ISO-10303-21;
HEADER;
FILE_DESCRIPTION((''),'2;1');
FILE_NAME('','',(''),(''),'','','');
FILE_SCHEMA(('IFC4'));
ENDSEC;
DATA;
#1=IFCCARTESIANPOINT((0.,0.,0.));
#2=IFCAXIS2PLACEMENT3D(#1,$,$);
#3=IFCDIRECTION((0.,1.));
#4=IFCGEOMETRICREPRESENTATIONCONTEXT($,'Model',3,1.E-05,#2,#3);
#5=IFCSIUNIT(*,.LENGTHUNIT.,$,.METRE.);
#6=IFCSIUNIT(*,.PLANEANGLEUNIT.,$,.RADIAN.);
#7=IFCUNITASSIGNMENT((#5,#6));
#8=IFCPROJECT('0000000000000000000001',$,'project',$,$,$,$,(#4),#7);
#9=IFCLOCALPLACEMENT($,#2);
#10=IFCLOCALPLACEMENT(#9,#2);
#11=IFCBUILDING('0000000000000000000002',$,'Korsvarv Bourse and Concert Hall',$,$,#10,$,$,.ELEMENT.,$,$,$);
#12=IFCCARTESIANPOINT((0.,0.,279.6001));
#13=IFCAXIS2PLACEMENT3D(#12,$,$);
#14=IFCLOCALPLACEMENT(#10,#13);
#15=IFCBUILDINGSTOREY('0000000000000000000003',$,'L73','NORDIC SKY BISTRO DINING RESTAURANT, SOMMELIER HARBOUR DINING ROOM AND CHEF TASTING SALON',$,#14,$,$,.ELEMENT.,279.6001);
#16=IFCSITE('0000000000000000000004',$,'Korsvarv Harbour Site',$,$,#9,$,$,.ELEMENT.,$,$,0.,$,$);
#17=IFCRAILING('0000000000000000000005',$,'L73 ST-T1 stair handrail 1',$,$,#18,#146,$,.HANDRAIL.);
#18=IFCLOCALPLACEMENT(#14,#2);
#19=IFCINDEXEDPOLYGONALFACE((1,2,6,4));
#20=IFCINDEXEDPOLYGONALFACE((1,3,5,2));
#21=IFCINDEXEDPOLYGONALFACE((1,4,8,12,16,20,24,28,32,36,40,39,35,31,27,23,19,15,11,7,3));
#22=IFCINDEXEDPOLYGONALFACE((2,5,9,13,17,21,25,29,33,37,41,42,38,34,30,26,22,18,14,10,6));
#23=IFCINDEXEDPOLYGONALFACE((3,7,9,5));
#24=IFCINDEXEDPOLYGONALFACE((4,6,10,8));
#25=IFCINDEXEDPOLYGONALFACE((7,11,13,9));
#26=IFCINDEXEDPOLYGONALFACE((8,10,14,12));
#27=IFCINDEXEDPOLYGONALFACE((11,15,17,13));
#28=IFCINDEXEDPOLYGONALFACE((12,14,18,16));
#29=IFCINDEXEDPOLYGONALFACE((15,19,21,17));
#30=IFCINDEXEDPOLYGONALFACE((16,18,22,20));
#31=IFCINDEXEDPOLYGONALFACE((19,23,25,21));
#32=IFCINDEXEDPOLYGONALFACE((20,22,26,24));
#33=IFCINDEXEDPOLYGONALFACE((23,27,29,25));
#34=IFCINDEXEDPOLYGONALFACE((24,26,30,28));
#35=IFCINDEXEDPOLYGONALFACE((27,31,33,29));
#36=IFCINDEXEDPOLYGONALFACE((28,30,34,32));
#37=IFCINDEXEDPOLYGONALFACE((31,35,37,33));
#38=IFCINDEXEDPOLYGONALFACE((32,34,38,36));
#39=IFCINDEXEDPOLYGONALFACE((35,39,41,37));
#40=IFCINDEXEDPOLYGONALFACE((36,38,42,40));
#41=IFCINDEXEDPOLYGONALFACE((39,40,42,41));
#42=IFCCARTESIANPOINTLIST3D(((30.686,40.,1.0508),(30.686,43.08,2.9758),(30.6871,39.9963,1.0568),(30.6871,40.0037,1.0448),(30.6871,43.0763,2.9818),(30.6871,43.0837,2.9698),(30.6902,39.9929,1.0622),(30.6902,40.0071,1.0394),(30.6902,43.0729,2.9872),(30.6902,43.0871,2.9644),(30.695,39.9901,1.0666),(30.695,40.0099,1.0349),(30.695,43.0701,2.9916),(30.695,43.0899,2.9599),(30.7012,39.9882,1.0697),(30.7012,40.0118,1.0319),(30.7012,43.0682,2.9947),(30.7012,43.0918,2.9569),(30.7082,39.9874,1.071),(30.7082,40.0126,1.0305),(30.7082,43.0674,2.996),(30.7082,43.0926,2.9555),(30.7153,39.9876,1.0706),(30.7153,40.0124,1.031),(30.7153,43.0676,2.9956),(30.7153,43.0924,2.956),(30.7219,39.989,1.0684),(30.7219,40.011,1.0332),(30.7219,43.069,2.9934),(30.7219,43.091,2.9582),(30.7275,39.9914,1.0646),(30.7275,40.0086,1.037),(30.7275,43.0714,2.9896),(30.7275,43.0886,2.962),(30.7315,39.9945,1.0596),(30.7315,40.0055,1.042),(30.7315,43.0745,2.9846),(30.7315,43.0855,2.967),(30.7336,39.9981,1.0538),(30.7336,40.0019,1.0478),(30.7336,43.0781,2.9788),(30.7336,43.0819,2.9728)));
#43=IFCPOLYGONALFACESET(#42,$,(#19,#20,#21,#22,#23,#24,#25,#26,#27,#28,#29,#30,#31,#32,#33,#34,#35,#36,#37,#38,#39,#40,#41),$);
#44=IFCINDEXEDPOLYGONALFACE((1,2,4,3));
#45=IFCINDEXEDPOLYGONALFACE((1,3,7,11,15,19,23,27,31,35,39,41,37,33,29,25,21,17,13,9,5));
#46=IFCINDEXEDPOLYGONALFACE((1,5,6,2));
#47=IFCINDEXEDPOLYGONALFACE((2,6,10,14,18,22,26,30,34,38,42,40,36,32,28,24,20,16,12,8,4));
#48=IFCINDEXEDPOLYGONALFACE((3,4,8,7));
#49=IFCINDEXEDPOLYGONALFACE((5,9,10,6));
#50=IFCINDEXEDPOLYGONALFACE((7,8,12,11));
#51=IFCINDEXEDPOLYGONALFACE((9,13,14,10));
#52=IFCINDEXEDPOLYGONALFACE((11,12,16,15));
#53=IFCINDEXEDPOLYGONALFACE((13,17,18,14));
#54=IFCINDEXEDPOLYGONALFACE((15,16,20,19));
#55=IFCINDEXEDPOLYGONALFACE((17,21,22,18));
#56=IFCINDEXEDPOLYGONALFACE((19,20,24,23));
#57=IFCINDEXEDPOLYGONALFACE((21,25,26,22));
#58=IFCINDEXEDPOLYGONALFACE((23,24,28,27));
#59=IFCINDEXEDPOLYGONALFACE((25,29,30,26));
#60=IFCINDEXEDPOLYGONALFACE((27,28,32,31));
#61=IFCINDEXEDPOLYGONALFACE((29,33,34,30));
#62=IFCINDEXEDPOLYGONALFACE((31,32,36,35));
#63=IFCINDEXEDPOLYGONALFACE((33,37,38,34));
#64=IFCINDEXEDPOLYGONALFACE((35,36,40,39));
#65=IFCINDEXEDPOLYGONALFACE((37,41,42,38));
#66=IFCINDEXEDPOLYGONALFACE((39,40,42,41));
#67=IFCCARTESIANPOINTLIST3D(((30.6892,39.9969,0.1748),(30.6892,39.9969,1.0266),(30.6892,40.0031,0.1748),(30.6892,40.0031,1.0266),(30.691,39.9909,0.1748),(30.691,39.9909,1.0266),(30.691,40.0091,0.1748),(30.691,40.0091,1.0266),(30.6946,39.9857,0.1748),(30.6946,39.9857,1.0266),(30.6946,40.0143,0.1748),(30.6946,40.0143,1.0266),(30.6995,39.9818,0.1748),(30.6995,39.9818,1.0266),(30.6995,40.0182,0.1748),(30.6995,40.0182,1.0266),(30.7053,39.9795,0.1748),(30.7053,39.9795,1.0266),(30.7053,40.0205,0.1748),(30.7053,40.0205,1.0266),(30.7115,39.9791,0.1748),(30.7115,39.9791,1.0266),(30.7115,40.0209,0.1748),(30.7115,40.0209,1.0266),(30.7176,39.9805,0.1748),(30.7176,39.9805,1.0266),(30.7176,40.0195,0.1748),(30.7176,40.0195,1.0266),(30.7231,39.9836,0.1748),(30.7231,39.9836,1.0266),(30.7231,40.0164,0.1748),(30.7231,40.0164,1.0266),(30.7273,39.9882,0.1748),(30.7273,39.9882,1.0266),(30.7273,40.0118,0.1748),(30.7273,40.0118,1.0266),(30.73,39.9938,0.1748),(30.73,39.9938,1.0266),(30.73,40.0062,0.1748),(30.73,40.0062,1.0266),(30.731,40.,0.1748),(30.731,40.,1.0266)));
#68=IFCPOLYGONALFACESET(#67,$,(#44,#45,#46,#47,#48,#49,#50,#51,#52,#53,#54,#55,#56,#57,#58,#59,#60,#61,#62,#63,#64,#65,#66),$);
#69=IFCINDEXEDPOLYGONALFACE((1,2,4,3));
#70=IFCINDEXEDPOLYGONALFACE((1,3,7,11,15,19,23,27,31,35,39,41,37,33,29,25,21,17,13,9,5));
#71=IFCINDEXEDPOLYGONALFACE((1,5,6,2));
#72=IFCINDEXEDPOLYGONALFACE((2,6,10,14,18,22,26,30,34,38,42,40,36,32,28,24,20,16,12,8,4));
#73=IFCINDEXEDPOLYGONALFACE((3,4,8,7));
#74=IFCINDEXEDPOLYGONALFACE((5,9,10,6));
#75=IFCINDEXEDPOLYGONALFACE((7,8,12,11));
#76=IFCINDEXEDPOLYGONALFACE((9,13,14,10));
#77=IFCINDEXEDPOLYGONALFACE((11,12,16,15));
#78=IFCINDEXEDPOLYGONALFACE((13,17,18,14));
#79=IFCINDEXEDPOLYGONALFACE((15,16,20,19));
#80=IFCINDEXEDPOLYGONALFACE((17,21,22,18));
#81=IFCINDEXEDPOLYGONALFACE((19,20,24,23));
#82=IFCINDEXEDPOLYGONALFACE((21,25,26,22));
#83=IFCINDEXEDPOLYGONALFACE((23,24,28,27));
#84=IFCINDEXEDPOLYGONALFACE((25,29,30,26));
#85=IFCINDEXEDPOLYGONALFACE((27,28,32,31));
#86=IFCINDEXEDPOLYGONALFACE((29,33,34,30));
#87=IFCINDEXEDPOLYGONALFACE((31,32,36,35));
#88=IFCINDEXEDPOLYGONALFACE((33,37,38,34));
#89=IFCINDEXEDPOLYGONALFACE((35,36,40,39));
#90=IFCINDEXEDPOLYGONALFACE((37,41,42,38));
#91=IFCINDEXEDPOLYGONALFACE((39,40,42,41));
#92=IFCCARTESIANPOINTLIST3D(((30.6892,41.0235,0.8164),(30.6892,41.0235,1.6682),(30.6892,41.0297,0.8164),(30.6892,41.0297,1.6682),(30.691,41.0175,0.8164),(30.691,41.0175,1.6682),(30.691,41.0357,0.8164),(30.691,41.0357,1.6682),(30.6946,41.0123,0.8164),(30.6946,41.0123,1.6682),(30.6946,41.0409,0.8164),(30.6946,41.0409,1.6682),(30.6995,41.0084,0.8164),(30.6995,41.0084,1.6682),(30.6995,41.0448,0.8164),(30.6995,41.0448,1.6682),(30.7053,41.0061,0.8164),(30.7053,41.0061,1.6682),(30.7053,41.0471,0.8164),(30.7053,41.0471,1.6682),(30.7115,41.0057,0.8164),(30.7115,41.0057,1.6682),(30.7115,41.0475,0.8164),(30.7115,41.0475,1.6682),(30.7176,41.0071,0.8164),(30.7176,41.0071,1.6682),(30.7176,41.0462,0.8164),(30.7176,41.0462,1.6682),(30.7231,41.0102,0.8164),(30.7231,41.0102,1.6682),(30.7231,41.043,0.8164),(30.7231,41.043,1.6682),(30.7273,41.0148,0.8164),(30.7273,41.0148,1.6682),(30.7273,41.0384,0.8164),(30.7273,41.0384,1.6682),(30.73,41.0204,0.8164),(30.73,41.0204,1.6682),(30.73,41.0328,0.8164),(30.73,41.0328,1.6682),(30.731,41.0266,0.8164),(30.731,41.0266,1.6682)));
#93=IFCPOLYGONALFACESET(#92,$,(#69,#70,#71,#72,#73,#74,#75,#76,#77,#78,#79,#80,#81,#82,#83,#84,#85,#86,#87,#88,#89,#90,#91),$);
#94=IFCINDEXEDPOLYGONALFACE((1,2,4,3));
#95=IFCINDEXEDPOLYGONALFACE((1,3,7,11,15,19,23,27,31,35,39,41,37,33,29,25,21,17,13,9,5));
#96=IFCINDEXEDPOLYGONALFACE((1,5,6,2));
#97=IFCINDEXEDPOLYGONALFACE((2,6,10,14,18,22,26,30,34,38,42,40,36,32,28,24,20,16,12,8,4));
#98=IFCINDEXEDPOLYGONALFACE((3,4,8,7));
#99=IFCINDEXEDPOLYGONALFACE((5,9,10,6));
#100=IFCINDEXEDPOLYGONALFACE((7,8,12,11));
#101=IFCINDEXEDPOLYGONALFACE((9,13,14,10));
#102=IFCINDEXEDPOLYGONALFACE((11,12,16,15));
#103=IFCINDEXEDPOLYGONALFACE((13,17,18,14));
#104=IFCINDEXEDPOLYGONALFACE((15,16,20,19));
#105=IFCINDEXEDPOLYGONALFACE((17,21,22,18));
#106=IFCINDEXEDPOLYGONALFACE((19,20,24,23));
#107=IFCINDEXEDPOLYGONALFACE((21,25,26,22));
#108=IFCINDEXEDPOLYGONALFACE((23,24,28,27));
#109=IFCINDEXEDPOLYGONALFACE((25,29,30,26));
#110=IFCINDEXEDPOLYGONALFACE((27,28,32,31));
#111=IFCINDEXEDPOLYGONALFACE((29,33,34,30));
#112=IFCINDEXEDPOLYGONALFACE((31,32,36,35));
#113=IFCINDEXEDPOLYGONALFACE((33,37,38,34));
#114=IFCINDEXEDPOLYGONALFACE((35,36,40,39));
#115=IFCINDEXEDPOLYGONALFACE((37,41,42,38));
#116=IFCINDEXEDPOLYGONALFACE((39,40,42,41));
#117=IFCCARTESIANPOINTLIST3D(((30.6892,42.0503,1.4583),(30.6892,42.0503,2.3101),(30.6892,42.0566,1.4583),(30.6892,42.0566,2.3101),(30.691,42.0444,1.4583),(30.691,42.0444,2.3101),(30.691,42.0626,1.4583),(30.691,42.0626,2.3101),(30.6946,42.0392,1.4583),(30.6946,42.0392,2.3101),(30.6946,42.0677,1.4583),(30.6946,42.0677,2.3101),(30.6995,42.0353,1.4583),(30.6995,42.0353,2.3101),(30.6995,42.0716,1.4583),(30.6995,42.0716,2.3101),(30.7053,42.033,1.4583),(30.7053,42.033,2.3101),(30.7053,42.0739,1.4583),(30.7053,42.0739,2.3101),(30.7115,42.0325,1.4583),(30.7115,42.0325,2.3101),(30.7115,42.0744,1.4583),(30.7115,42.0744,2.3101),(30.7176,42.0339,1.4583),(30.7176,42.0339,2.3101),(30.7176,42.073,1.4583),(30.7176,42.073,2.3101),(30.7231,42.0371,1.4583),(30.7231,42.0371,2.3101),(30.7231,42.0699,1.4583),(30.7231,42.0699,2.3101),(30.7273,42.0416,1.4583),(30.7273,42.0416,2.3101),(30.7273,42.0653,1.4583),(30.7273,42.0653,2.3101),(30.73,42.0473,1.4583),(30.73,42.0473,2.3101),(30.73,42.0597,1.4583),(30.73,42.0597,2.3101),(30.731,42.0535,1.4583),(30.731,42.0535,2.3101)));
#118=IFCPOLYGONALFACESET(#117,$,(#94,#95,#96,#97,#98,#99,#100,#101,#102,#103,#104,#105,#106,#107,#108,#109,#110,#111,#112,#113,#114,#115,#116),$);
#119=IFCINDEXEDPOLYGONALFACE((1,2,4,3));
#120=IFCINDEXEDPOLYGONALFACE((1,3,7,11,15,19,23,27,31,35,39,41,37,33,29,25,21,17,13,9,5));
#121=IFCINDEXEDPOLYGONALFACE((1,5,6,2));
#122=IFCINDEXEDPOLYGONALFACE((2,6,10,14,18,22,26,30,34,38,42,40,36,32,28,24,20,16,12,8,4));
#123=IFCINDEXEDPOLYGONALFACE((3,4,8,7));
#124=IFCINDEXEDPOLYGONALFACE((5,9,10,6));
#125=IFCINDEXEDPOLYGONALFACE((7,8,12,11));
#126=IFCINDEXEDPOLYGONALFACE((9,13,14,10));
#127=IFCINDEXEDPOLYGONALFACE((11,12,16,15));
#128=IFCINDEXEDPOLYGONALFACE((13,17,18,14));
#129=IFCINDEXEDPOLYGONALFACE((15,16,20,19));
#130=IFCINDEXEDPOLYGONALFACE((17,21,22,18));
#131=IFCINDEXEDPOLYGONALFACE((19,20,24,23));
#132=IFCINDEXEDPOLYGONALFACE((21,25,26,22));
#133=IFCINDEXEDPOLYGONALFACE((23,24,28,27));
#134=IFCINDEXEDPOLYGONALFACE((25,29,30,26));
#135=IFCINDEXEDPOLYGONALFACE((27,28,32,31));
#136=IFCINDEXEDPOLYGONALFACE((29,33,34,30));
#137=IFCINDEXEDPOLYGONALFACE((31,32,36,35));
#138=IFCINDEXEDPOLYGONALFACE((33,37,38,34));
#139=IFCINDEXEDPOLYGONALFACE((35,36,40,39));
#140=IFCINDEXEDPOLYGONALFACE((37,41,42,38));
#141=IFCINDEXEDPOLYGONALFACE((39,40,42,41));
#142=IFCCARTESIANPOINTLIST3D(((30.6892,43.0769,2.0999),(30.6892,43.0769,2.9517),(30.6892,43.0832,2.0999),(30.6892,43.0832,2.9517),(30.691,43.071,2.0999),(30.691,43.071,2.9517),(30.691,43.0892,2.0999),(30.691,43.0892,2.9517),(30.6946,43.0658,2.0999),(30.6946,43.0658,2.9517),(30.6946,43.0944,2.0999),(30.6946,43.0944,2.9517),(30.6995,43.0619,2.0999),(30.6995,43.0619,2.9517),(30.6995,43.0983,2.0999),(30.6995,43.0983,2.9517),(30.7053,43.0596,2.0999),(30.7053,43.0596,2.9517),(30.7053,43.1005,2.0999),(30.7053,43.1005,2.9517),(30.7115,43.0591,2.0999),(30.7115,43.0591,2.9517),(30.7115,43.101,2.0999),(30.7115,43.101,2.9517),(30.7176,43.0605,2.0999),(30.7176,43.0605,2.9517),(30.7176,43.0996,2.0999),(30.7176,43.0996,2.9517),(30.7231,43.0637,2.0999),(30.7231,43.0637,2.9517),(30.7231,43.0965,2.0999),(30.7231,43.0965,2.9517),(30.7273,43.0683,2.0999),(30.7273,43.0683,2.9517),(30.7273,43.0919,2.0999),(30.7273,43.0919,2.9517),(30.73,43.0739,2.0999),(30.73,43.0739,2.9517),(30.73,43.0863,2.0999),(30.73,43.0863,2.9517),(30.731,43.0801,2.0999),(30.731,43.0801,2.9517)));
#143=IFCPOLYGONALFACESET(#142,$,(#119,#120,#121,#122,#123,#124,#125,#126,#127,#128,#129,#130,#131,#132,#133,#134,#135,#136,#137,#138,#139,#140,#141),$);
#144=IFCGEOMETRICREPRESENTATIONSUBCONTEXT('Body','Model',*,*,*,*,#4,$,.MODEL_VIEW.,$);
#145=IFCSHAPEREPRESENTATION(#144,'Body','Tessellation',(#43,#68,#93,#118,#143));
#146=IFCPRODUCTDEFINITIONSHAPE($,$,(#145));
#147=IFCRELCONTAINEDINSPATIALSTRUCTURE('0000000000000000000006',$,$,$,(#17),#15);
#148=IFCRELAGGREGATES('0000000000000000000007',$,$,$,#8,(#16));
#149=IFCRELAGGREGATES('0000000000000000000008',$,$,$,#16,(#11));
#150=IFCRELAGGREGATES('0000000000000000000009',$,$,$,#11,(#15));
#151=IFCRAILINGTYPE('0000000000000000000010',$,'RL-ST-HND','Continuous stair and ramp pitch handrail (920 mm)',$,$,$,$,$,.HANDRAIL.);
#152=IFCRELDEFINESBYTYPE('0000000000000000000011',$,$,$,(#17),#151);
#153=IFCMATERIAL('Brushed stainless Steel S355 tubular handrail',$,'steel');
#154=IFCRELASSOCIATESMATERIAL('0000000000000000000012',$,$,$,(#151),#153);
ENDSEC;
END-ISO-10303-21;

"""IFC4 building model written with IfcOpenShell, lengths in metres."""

from ifc_helpers import new_model, si_unit, direction, frame, origin, origin_2d, place, context, subcontext, project, spatial, circle, extrude, material, type_object, element, save


model = new_model("IFC4")

# Units and contexts
model_context = context("Model", 3, precision=1e-05, world=origin(), true_north=direction((0.0, 1.0)))
body_context = subcontext(model_context, "Body", "Model", "MODEL_VIEW")
ifc_project = project(units=[si_unit("LENGTHUNIT", "METRE"), si_unit("PLANEANGLEUNIT", "RADIAN")], contexts=[model_context])

# Site, building, storey
site_placement = place(None, origin())
site = spatial("IfcSite", under=ifc_project, at=site_placement, Name="Korsvarv Harbour Site", CompositionType="ELEMENT", RefElevation=0.0)
building_placement = place(site_placement, origin())
building = spatial("IfcBuilding", under=site, at=building_placement, Name="Korsvarv Bourse and Concert Hall", CompositionType="ELEMENT")
storey_placement = place(building_placement, frame((0.0, 0.0, 279.6001)))
storey = spatial("IfcBuildingStorey", under=building, at=storey_placement, Name="L73", Description="NORDIC SKY BISTRO DINING RESTAURANT, SOMMELIER HARBOUR DINING ROOM AND CHEF TASTING SALON", CompositionType="ELEMENT", Elevation=279.6001)

# Railing
ifc_material_1 = material(Name="Brushed stainless Steel S355 tubular handrail", Category="steel")
railing_type_1 = type_object("IfcRailingType", Name="RL-ST-HND", Description="Continuous stair and ramp pitch handrail (920 mm)", PredefinedType="HANDRAIL", material=ifc_material_1)
railing_1_placement = place(storey_placement, frame((30.71, 40.0, 0.1748)))
element("IfcRailing", 1, at=railing_1_placement, inside=storey, type_object=railing_type_1, Name="L73 ST-T1 stair handrail 1", PredefinedType="HANDRAIL", context=body_context, shape_type="SweptSolid", body=[
    extrude(circle(Radius=0.0239, at=origin_2d()), frame((0.0, 0.0, 0.876), z_axis=(0.0, 0.847998, 0.529999), x_axis=(-1.0, 0.0, 0.0)), (0.0, 0.0, 1.0), 3.6321),
    extrude(circle(Radius=0.021, at=origin_2d()), origin(), (0.0, 0.0, 1.0), 0.8518),
    extrude(circle(Radius=0.021, at=origin_2d()), frame((0.0, 1.0266, 0.6416)), (0.0, 0.0, 1.0), 0.8518),
    extrude(circle(Radius=0.021, at=origin_2d()), frame((0.0, 2.0535, 1.2834)), (0.0, 0.0, 1.0), 0.8518),
    extrude(circle(Radius=0.021, at=origin_2d()), frame((0.0, 3.0801, 1.925)), (0.0, 0.0, 1.0), 0.8518),
])

save(model, "model.ifc")
